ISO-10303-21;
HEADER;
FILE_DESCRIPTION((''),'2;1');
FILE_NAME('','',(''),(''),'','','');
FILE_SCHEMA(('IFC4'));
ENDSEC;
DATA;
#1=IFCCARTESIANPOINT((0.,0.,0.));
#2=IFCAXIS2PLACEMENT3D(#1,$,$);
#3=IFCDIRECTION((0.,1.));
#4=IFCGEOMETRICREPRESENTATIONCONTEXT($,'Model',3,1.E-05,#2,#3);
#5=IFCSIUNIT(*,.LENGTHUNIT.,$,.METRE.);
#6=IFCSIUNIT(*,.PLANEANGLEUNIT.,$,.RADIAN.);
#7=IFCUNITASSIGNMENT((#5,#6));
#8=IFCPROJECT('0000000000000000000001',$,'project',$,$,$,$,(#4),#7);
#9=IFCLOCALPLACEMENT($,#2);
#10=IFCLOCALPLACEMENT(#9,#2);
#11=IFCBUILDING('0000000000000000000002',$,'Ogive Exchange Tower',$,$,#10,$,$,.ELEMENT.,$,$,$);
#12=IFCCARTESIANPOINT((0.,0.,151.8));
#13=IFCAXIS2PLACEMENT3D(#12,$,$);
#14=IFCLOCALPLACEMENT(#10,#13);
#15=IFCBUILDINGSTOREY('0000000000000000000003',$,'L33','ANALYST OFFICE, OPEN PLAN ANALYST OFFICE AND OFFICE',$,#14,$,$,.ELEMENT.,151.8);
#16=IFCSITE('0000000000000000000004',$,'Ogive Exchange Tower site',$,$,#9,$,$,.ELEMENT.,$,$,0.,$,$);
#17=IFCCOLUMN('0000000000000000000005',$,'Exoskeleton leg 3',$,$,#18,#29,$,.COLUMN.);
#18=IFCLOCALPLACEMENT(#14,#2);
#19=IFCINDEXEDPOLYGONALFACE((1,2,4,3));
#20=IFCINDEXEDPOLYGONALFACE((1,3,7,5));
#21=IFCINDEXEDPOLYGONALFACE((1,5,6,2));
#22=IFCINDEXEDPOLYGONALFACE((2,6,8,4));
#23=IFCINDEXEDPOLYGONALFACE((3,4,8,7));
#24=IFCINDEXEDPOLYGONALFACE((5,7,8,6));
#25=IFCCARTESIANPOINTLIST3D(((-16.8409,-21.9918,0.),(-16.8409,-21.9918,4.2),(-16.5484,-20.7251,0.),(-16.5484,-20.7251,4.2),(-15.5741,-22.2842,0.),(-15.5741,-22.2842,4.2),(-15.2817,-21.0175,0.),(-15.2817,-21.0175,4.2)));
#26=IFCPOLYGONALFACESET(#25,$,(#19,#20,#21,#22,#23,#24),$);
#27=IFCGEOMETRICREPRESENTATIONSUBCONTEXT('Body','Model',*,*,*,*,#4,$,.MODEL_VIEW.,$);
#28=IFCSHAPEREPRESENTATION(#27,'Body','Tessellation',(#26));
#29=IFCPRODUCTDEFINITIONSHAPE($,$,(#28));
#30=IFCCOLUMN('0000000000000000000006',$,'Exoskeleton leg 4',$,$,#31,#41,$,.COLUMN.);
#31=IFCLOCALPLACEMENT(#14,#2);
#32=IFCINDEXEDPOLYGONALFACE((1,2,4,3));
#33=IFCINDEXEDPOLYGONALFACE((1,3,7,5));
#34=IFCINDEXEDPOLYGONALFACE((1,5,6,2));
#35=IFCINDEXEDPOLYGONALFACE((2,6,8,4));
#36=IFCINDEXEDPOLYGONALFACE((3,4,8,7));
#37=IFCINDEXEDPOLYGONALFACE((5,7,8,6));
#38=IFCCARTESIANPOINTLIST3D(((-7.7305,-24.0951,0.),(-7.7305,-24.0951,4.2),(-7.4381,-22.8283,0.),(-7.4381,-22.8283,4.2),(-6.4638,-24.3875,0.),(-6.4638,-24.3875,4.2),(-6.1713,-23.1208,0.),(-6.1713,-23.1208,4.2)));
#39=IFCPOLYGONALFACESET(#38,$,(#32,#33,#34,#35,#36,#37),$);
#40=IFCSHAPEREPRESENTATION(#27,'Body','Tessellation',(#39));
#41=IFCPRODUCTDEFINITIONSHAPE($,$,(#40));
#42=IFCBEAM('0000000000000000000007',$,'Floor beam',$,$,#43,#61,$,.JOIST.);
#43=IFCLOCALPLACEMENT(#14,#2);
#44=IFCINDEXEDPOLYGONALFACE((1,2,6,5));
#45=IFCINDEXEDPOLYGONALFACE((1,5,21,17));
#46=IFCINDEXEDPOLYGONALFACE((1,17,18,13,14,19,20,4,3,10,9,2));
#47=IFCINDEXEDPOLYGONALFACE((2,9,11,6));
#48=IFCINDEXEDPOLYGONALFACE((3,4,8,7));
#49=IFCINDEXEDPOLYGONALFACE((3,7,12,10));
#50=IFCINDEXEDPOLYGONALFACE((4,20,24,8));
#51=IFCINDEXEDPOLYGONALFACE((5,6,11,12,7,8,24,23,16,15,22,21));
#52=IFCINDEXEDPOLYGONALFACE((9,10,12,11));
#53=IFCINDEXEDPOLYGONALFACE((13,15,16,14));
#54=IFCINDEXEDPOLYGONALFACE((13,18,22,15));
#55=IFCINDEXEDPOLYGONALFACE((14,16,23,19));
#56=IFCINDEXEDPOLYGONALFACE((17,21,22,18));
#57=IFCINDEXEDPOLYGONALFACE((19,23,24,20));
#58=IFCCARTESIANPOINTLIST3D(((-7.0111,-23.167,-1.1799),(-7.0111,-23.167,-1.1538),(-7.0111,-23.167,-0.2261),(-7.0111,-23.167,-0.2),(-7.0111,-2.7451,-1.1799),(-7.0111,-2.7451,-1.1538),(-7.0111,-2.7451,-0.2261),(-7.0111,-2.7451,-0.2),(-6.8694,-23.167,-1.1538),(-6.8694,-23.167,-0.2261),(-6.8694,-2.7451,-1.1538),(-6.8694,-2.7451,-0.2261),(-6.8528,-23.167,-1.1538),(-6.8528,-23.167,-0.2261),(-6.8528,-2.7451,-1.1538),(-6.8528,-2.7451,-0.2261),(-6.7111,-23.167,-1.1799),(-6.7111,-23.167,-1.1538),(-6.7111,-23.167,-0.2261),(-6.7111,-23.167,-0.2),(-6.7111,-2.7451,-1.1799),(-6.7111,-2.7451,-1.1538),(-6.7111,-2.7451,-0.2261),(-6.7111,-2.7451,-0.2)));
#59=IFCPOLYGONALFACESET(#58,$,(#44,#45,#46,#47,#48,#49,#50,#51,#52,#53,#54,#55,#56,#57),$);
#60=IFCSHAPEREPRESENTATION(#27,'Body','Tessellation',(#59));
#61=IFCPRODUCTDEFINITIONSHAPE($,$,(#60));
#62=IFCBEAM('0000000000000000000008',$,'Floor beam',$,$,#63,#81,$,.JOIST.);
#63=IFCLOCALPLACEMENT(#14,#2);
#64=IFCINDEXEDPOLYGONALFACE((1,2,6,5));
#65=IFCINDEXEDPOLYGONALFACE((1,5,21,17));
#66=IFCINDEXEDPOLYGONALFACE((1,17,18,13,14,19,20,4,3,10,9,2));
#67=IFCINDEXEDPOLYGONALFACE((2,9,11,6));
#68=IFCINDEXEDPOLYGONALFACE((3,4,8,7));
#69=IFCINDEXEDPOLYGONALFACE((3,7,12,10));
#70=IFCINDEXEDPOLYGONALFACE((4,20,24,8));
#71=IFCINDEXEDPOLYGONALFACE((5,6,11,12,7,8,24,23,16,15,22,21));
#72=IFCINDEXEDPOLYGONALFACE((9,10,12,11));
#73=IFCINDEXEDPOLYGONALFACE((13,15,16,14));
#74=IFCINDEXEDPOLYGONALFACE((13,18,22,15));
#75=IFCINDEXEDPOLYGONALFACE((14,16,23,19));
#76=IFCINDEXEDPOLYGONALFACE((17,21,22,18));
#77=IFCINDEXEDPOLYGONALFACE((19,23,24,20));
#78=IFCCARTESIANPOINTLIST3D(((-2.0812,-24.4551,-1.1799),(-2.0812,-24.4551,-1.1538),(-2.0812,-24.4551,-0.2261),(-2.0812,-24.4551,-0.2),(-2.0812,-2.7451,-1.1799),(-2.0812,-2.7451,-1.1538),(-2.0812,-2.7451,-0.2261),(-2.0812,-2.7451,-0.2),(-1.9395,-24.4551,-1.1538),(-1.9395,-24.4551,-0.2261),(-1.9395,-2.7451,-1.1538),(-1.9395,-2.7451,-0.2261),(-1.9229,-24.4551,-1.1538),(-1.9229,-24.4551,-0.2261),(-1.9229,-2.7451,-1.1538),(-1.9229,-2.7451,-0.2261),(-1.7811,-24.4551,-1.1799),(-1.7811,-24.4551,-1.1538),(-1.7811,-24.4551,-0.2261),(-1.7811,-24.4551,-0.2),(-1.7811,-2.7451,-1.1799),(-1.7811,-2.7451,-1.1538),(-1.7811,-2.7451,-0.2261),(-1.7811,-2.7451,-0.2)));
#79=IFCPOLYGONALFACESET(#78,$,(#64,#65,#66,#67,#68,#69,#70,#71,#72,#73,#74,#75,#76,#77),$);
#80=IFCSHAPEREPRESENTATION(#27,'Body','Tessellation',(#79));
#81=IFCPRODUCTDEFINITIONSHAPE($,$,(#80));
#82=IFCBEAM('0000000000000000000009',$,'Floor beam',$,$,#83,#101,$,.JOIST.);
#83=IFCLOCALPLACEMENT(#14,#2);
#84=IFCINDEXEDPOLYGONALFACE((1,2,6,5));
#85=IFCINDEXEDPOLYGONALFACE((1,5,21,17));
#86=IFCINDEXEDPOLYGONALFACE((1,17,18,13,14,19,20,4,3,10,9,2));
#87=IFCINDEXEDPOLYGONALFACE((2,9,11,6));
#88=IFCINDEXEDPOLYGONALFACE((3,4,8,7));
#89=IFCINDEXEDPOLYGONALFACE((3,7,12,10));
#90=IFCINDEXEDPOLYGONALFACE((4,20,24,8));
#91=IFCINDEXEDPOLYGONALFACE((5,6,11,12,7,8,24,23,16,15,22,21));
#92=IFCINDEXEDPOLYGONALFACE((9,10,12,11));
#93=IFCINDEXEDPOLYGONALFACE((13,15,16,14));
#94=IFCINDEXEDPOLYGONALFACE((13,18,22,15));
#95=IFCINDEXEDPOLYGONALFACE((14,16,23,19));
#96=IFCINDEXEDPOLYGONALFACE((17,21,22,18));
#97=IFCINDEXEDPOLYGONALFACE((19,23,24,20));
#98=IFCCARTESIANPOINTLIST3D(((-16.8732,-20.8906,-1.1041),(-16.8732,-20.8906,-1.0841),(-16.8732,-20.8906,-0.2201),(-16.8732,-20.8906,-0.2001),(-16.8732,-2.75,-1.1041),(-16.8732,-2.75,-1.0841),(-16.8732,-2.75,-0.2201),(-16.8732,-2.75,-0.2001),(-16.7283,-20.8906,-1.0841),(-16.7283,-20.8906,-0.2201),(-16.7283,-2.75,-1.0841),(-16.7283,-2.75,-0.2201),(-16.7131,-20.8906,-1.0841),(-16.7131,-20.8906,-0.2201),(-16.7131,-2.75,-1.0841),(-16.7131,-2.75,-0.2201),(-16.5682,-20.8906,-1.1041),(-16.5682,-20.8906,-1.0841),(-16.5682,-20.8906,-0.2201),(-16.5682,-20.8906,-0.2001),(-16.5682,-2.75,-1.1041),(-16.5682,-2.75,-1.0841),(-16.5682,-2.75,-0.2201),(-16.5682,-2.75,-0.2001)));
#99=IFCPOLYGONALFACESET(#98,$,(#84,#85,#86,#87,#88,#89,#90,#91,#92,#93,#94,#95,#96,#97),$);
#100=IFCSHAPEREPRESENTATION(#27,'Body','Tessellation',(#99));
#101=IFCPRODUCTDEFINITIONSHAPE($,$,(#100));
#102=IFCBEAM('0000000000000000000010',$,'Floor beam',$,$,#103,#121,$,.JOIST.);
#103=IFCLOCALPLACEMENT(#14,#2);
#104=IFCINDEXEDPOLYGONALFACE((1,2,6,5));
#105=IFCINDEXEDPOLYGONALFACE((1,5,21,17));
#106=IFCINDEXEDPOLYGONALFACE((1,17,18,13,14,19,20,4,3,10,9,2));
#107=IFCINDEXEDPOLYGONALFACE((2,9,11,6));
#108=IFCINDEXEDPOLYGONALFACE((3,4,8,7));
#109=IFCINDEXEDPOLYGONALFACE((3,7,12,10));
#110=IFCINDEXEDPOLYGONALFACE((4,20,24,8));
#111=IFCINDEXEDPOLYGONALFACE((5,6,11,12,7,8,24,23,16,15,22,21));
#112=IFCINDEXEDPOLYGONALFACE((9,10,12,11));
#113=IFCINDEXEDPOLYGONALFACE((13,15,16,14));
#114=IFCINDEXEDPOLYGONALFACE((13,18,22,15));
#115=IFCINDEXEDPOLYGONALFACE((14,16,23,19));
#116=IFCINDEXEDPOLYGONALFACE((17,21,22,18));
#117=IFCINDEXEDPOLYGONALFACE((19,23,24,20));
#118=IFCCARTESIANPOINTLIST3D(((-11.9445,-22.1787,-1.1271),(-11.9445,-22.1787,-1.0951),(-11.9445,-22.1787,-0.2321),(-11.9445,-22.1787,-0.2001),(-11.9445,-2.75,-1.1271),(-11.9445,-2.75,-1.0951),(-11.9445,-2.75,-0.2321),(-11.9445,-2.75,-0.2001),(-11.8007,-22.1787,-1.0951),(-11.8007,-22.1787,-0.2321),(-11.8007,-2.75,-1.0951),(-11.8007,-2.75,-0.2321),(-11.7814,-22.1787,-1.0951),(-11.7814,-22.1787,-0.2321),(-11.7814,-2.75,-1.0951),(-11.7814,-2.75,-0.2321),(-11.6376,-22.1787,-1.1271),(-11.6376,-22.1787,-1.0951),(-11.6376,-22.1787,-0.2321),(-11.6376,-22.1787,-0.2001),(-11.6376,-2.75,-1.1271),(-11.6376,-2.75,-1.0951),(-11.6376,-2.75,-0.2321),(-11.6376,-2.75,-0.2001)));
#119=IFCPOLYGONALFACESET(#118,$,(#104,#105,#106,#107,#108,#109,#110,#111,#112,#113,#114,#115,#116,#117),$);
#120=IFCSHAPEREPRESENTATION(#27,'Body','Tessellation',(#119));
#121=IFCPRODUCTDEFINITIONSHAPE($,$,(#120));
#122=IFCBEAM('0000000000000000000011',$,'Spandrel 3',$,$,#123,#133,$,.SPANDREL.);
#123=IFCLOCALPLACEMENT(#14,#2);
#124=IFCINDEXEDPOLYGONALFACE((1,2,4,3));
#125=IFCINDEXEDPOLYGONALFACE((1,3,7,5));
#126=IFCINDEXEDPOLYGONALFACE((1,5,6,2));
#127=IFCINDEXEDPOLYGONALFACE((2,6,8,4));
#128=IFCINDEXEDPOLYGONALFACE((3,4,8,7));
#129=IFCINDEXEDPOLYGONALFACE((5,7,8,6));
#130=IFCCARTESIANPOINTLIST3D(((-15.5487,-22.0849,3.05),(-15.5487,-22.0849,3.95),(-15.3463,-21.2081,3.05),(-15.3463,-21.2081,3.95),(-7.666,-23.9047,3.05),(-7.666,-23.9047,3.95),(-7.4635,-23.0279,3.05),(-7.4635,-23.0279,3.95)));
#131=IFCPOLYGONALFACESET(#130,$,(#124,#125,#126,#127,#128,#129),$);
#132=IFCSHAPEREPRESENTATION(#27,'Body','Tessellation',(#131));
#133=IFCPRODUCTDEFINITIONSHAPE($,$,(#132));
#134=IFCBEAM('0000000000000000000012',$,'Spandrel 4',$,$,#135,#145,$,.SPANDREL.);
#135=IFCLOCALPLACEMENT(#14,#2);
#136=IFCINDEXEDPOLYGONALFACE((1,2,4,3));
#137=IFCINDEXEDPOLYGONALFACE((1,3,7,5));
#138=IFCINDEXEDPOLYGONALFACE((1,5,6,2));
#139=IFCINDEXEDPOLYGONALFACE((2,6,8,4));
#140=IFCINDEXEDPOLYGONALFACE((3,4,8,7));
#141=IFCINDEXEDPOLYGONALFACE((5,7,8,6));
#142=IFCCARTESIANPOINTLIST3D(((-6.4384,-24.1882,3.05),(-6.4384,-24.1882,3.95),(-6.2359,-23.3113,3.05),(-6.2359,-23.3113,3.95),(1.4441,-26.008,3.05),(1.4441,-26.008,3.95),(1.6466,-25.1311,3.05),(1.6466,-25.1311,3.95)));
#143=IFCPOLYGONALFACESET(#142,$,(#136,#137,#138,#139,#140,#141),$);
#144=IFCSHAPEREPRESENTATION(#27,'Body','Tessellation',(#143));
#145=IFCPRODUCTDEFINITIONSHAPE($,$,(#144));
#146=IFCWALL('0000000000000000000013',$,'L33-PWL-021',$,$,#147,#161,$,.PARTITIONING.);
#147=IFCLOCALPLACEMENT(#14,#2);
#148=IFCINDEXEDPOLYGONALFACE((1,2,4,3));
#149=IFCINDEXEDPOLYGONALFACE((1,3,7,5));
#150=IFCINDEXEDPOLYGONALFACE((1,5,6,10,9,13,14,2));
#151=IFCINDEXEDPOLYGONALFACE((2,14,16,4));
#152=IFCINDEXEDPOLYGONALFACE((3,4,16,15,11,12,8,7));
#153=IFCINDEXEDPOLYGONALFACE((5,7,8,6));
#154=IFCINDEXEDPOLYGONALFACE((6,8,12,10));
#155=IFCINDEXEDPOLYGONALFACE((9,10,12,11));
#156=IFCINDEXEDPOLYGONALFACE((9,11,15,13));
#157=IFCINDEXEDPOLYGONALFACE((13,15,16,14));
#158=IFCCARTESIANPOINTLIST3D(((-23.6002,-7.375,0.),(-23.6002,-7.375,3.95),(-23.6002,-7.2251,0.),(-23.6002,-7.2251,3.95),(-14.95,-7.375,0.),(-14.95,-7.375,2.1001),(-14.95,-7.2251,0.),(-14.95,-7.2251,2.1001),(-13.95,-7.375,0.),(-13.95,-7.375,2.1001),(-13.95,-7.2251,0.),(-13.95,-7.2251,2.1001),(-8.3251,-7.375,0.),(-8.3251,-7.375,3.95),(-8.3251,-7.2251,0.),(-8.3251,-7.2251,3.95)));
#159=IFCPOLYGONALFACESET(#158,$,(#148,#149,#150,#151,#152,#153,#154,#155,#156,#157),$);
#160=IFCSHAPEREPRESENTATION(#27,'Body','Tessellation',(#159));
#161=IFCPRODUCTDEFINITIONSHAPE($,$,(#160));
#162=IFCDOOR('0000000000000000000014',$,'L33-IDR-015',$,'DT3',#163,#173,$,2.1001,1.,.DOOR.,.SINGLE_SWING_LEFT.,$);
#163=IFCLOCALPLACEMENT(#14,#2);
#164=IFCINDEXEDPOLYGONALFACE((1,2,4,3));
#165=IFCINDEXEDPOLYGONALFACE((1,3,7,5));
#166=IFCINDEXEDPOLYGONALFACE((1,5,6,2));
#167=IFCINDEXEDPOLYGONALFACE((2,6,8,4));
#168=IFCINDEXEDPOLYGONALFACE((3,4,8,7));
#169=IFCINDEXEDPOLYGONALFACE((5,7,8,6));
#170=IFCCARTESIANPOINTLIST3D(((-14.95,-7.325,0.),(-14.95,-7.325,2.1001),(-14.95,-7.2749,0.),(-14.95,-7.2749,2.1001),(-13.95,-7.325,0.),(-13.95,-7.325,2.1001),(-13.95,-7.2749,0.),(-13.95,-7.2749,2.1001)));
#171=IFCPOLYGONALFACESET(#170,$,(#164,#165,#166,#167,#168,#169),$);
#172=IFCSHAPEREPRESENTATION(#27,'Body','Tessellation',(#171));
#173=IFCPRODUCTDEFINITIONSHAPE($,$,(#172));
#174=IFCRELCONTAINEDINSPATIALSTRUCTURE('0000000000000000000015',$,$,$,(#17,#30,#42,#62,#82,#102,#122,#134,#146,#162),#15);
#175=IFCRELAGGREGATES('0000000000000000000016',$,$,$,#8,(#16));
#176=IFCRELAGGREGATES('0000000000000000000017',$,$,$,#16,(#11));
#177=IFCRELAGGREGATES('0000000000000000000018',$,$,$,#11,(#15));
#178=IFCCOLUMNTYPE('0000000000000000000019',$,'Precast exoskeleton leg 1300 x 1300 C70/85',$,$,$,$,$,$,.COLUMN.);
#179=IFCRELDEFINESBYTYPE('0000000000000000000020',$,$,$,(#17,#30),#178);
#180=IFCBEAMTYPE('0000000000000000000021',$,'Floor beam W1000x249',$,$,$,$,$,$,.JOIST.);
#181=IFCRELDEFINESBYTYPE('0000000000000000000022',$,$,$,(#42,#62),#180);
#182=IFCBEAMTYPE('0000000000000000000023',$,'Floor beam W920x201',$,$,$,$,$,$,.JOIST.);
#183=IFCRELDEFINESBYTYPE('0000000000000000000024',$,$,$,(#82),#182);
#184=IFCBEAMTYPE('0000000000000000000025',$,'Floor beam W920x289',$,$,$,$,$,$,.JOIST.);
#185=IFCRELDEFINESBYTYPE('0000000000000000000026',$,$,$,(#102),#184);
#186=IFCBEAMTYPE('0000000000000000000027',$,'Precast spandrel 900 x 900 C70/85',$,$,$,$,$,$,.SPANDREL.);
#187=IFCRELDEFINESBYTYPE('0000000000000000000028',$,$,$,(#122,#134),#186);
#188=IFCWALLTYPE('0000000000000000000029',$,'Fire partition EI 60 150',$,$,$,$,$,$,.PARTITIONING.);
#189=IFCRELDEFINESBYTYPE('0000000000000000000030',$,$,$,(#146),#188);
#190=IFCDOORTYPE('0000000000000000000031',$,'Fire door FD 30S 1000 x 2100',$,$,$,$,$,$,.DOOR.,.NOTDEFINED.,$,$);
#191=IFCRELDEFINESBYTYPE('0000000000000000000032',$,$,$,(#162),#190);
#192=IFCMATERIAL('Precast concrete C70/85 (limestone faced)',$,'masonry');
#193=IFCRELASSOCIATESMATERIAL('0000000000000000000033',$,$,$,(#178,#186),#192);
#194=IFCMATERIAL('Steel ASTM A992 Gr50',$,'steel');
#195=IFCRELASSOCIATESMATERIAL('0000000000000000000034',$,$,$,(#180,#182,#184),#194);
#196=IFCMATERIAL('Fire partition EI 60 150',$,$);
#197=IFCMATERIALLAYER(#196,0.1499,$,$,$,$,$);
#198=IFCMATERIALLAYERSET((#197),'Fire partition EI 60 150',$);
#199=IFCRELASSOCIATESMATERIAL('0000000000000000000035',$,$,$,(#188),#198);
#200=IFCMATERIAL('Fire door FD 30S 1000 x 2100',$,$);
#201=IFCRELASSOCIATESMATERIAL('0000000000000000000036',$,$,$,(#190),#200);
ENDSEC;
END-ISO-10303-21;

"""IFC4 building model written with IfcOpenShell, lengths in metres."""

from ifc_helpers import new_model, si_unit, direction, frame, frame_2d, origin, origin_2d, place, context, subcontext, project, spatial, rectangle, i_section, extrude, material, layer, layer_set, material_profile, profile_set, type_object, element, fill, save


model = new_model("IFC4")

# Units and contexts
model_context = context("Model", 3, precision=1e-05, world=origin(), true_north=direction((0.0, 1.0)))
body_context = subcontext(model_context, "Body", "Model", "MODEL_VIEW")
ifc_project = project(units=[si_unit("LENGTHUNIT", "METRE"), si_unit("PLANEANGLEUNIT", "RADIAN")], contexts=[model_context])

# Site, building, storey
site_placement = place(None, origin())
site = spatial("IfcSite", under=ifc_project, at=site_placement, Name="Ogive Exchange Tower site", CompositionType="ELEMENT", RefElevation=0.0)
building_placement = place(site_placement, origin())
building = spatial("IfcBuilding", under=site, at=building_placement, Name="Ogive Exchange Tower", CompositionType="ELEMENT")
storey_placement = place(building_placement, frame((0.0, 0.0, 151.8)))
storey = spatial("IfcBuildingStorey", under=building, at=storey_placement, Name="L33", Description="ANALYST OFFICE, OPEN PLAN ANALYST OFFICE AND OFFICE", CompositionType="ELEMENT", Elevation=151.8)

# Columns
ifc_material_1 = material(Name="Precast concrete C70/85 (limestone faced)", Category="masonry")
ifc_material_profile_1 = material_profile(ifc_material_1, rectangle(XDim=1.3, YDim=1.3, at=origin_2d()), Name="1300 x 1300")
ifc_profile_set_1 = profile_set([ifc_material_profile_1], Name="Precast concrete C70/85 (limestone faced)")
column_type = type_object("IfcColumnType", Name="Precast exoskeleton leg 1300 x 1300 C70/85", PredefinedType="COLUMN", material=ifc_profile_set_1)
for number, where, z_axis, x_axis, name in (
    (1, (-16.0613, -21.5046, 0.0), (0.0, 0.0, 1.0), (0.97437, -0.224951, 0.0), "Exoskeleton leg 3"),
    (2, (-6.9509, -23.6079, 0.0), (0.0, 0.0, 1.0), (0.97437, -0.224951, 0.0), "Exoskeleton leg 4"),
):
    element("IfcColumn", number, at=place(storey_placement, frame(where, z_axis=z_axis, x_axis=x_axis)), inside=storey, type_object=column_type, Name=name, PredefinedType="COLUMN", context=body_context, shape_type="SweptSolid", body=[
        extrude(rectangle(XDim=1.3, YDim=1.3, at=origin_2d()), origin(), (0.0, 0.0, 1.0), 4.2),
    ])

# Beams
ifc_material_2 = material(Name="Steel ASTM A992 Gr50", Category="steel")
ifc_material_profile_2 = material_profile(ifc_material_2, i_section(OverallWidth=0.3, OverallDepth=0.98, WebThickness=0.0166, FlangeThickness=0.0261, at=origin_2d()), Name="W1000x249")
ifc_profile_set_2 = profile_set([ifc_material_profile_2], Name="Steel ASTM A992 Gr50")
beam_type_1 = type_object("IfcBeamType", Name="Floor beam W1000x249", PredefinedType="JOIST", material=ifc_profile_set_2)
beam_1_placement = place(storey_placement, frame((-6.8611, -23.167, -0.6899), z_axis=(0.0, 1.0, 0.0), x_axis=(-1.0, 0.0, 0.0)))
element("IfcBeam", 3, at=beam_1_placement, inside=storey, type_object=beam_type_1, Name="Floor beam", PredefinedType="JOIST", context=body_context, shape_type="SweptSolid", body=[
    extrude(i_section(OverallWidth=0.3, OverallDepth=0.98, WebThickness=0.0166, FlangeThickness=0.0261, at=origin_2d()), origin(), (0.0, 0.0, 1.0), 20.4219),
])
beam_2_placement = place(storey_placement, frame((-1.9312, -24.4551, -0.6899), z_axis=(0.0, 1.0, 0.0), x_axis=(-1.0, 0.0, 0.0)))
element("IfcBeam", 4, at=beam_2_placement, inside=storey, type_object=beam_type_1, Name="Floor beam", PredefinedType="JOIST", context=body_context, shape_type="SweptSolid", body=[
    extrude(i_section(OverallWidth=0.3, OverallDepth=0.98, WebThickness=0.0166, FlangeThickness=0.0261, at=origin_2d()), origin(), (0.0, 0.0, 1.0), 21.71),
])
ifc_material_profile_3 = material_profile(ifc_material_2, i_section(OverallWidth=0.3049, OverallDepth=0.9041, WebThickness=0.0151, FlangeThickness=0.02, at=origin_2d()), Name="W920x201")
ifc_profile_set_3 = profile_set([ifc_material_profile_3], Name="Steel ASTM A992 Gr50")
beam_type_2 = type_object("IfcBeamType", Name="Floor beam W920x201", PredefinedType="JOIST", material=ifc_profile_set_3)
beam_3_placement = place(storey_placement, frame((-16.7207, -20.8906, -0.6521), z_axis=(0.0, 1.0, 0.0), x_axis=(-1.0, 0.0, 0.0)))
element("IfcBeam", 5, at=beam_3_placement, inside=storey, type_object=beam_type_2, Name="Floor beam", PredefinedType="JOIST", context=body_context, shape_type="SweptSolid", body=[
    extrude(i_section(OverallWidth=0.3049, OverallDepth=0.9041, WebThickness=0.0151, FlangeThickness=0.02, at=origin_2d()), origin(), (0.0, 0.0, 1.0), 18.1406),
])
ifc_material_profile_4 = material_profile(ifc_material_2, i_section(OverallWidth=0.3069, OverallDepth=0.927, WebThickness=0.0193, FlangeThickness=0.032, at=origin_2d()), Name="W920x289")
ifc_profile_set_4 = profile_set([ifc_material_profile_4], Name="Steel ASTM A992 Gr50")
beam_type_3 = type_object("IfcBeamType", Name="Floor beam W920x289", PredefinedType="JOIST", material=ifc_profile_set_4)
beam_4_placement = place(storey_placement, frame((-11.791, -22.1787, -0.6636), z_axis=(0.0, 1.0, 0.0), x_axis=(-1.0, 0.0, 0.0)))
element("IfcBeam", 6, at=beam_4_placement, inside=storey, type_object=beam_type_3, Name="Floor beam", PredefinedType="JOIST", context=body_context, shape_type="SweptSolid", body=[
    extrude(i_section(OverallWidth=0.3069, OverallDepth=0.927, WebThickness=0.0193, FlangeThickness=0.032, at=origin_2d()), origin(), (0.0, 0.0, 1.0), 19.4287),
])
ifc_material_profile_5 = material_profile(ifc_material_1, rectangle(XDim=0.8999, YDim=0.8999, at=origin_2d()), Name="900 x 900")
ifc_profile_set_5 = profile_set([ifc_material_profile_5], Name="Precast concrete C70/85 (limestone faced)")
beam_type_4 = type_object("IfcBeamType", Name="Precast spandrel 900 x 900 C70/85", PredefinedType="SPANDREL", material=ifc_profile_set_5)
beam_5_placement = place(storey_placement, frame((-15.4475, -21.6465, 3.5), z_axis=(0.974372, -0.224943, 0.0), x_axis=(0.224943, 0.974372, 0.0)))
element("IfcBeam", 7, at=beam_5_placement, inside=storey, type_object=beam_type_4, Name="Spandrel 3", PredefinedType="SPANDREL", context=body_context, shape_type="SweptSolid", body=[
    extrude(rectangle(XDim=0.8999, YDim=0.8999, at=origin_2d()), origin(), (0.0, 0.0, 1.0), 8.0901),
])
beam_6_placement = place(storey_placement, frame((-6.3372, -23.7498, 3.5), z_axis=(0.97437, -0.22495, 0.0), x_axis=(0.22495, 0.97437, 0.0)))
element("IfcBeam", 8, at=beam_6_placement, inside=storey, type_object=beam_type_4, Name="Spandrel 4", PredefinedType="SPANDREL", context=body_context, shape_type="SweptSolid", body=[
    extrude(rectangle(XDim=0.8999, YDim=0.8999, at=origin_2d()), origin(), (0.0, 0.0, 1.0), 8.0898),
])

# Wall, opening, door
ifc_material_3 = material(Name="Fire partition EI 60 150")
ifc_layer_1 = layer(ifc_material_3, 0.1499)
ifc_layer_set_1 = layer_set([ifc_layer_1], Name="Fire partition EI 60 150")
wall_type_1 = type_object("IfcWallType", Name="Fire partition EI 60 150", PredefinedType="PARTITIONING", material=ifc_layer_set_1)
wall_1_placement = place(storey_placement, frame((-8.325, -7.3, 0.0), z_axis=(0.0, 0.0, 1.0), x_axis=(-1.0, 0.0, 0.0)))
wall_1 = element("IfcWall", 9, at=wall_1_placement, inside=storey, type_object=wall_type_1, Name="L33-PWL-021", PredefinedType="PARTITIONING", context=body_context, shape_type="SweptSolid", body=[
    extrude(rectangle(XDim=15.2751, YDim=0.1499, at=frame_2d((7.6377, 0.0))), origin(), (0.0, 0.0, 1.0), 3.95),
])
opening_1_placement = place(wall_1_placement, frame((5.625, 0.0, 0.0)))
opening_1 = element("IfcOpeningElement", 10, at=opening_1_placement, cuts=wall_1, PredefinedType="OPENING", context=body_context, shape_type="SweptSolid", body=[
    extrude(rectangle(XDim=1.0, YDim=2.1001, at=frame_2d((0.5, 1.05))), frame((0.0, 0.085, 0.0), z_axis=(0.0, -1.0, 0.0), x_axis=(1.0, 0.0, 0.0)), (0.0, 0.0, 1.0), 0.1699),
])
ifc_material_4 = material(Name="Fire door FD 30S 1000 x 2100")
door_type_1 = type_object("IfcDoorType", Name="Fire door FD 30S 1000 x 2100", OperationType="NOTDEFINED", PredefinedType="DOOR", material=ifc_material_4)
door_1_placement = place(opening_1_placement, origin())
door_1 = element("IfcDoor", 11, at=door_1_placement, inside=storey, type_object=door_type_1, Name="L33-IDR-015", ObjectType="DT3", OperationType="SINGLE_SWING_LEFT", OverallHeight=2.1001, OverallWidth=1.0, PredefinedType="DOOR", context=body_context, shape_type="SweptSolid", body=[
    extrude(rectangle(XDim=1.0, YDim=2.1001, at=frame_2d((0.5, 1.05))), frame((0.0, 0.0249, 0.0), z_axis=(0.0, -1.0, 0.0), x_axis=(1.0, 0.0, 0.0)), (0.0, 0.0, 1.0), 0.05),
])
fill(opening_1, door_1)

save(model, "model.ifc")
